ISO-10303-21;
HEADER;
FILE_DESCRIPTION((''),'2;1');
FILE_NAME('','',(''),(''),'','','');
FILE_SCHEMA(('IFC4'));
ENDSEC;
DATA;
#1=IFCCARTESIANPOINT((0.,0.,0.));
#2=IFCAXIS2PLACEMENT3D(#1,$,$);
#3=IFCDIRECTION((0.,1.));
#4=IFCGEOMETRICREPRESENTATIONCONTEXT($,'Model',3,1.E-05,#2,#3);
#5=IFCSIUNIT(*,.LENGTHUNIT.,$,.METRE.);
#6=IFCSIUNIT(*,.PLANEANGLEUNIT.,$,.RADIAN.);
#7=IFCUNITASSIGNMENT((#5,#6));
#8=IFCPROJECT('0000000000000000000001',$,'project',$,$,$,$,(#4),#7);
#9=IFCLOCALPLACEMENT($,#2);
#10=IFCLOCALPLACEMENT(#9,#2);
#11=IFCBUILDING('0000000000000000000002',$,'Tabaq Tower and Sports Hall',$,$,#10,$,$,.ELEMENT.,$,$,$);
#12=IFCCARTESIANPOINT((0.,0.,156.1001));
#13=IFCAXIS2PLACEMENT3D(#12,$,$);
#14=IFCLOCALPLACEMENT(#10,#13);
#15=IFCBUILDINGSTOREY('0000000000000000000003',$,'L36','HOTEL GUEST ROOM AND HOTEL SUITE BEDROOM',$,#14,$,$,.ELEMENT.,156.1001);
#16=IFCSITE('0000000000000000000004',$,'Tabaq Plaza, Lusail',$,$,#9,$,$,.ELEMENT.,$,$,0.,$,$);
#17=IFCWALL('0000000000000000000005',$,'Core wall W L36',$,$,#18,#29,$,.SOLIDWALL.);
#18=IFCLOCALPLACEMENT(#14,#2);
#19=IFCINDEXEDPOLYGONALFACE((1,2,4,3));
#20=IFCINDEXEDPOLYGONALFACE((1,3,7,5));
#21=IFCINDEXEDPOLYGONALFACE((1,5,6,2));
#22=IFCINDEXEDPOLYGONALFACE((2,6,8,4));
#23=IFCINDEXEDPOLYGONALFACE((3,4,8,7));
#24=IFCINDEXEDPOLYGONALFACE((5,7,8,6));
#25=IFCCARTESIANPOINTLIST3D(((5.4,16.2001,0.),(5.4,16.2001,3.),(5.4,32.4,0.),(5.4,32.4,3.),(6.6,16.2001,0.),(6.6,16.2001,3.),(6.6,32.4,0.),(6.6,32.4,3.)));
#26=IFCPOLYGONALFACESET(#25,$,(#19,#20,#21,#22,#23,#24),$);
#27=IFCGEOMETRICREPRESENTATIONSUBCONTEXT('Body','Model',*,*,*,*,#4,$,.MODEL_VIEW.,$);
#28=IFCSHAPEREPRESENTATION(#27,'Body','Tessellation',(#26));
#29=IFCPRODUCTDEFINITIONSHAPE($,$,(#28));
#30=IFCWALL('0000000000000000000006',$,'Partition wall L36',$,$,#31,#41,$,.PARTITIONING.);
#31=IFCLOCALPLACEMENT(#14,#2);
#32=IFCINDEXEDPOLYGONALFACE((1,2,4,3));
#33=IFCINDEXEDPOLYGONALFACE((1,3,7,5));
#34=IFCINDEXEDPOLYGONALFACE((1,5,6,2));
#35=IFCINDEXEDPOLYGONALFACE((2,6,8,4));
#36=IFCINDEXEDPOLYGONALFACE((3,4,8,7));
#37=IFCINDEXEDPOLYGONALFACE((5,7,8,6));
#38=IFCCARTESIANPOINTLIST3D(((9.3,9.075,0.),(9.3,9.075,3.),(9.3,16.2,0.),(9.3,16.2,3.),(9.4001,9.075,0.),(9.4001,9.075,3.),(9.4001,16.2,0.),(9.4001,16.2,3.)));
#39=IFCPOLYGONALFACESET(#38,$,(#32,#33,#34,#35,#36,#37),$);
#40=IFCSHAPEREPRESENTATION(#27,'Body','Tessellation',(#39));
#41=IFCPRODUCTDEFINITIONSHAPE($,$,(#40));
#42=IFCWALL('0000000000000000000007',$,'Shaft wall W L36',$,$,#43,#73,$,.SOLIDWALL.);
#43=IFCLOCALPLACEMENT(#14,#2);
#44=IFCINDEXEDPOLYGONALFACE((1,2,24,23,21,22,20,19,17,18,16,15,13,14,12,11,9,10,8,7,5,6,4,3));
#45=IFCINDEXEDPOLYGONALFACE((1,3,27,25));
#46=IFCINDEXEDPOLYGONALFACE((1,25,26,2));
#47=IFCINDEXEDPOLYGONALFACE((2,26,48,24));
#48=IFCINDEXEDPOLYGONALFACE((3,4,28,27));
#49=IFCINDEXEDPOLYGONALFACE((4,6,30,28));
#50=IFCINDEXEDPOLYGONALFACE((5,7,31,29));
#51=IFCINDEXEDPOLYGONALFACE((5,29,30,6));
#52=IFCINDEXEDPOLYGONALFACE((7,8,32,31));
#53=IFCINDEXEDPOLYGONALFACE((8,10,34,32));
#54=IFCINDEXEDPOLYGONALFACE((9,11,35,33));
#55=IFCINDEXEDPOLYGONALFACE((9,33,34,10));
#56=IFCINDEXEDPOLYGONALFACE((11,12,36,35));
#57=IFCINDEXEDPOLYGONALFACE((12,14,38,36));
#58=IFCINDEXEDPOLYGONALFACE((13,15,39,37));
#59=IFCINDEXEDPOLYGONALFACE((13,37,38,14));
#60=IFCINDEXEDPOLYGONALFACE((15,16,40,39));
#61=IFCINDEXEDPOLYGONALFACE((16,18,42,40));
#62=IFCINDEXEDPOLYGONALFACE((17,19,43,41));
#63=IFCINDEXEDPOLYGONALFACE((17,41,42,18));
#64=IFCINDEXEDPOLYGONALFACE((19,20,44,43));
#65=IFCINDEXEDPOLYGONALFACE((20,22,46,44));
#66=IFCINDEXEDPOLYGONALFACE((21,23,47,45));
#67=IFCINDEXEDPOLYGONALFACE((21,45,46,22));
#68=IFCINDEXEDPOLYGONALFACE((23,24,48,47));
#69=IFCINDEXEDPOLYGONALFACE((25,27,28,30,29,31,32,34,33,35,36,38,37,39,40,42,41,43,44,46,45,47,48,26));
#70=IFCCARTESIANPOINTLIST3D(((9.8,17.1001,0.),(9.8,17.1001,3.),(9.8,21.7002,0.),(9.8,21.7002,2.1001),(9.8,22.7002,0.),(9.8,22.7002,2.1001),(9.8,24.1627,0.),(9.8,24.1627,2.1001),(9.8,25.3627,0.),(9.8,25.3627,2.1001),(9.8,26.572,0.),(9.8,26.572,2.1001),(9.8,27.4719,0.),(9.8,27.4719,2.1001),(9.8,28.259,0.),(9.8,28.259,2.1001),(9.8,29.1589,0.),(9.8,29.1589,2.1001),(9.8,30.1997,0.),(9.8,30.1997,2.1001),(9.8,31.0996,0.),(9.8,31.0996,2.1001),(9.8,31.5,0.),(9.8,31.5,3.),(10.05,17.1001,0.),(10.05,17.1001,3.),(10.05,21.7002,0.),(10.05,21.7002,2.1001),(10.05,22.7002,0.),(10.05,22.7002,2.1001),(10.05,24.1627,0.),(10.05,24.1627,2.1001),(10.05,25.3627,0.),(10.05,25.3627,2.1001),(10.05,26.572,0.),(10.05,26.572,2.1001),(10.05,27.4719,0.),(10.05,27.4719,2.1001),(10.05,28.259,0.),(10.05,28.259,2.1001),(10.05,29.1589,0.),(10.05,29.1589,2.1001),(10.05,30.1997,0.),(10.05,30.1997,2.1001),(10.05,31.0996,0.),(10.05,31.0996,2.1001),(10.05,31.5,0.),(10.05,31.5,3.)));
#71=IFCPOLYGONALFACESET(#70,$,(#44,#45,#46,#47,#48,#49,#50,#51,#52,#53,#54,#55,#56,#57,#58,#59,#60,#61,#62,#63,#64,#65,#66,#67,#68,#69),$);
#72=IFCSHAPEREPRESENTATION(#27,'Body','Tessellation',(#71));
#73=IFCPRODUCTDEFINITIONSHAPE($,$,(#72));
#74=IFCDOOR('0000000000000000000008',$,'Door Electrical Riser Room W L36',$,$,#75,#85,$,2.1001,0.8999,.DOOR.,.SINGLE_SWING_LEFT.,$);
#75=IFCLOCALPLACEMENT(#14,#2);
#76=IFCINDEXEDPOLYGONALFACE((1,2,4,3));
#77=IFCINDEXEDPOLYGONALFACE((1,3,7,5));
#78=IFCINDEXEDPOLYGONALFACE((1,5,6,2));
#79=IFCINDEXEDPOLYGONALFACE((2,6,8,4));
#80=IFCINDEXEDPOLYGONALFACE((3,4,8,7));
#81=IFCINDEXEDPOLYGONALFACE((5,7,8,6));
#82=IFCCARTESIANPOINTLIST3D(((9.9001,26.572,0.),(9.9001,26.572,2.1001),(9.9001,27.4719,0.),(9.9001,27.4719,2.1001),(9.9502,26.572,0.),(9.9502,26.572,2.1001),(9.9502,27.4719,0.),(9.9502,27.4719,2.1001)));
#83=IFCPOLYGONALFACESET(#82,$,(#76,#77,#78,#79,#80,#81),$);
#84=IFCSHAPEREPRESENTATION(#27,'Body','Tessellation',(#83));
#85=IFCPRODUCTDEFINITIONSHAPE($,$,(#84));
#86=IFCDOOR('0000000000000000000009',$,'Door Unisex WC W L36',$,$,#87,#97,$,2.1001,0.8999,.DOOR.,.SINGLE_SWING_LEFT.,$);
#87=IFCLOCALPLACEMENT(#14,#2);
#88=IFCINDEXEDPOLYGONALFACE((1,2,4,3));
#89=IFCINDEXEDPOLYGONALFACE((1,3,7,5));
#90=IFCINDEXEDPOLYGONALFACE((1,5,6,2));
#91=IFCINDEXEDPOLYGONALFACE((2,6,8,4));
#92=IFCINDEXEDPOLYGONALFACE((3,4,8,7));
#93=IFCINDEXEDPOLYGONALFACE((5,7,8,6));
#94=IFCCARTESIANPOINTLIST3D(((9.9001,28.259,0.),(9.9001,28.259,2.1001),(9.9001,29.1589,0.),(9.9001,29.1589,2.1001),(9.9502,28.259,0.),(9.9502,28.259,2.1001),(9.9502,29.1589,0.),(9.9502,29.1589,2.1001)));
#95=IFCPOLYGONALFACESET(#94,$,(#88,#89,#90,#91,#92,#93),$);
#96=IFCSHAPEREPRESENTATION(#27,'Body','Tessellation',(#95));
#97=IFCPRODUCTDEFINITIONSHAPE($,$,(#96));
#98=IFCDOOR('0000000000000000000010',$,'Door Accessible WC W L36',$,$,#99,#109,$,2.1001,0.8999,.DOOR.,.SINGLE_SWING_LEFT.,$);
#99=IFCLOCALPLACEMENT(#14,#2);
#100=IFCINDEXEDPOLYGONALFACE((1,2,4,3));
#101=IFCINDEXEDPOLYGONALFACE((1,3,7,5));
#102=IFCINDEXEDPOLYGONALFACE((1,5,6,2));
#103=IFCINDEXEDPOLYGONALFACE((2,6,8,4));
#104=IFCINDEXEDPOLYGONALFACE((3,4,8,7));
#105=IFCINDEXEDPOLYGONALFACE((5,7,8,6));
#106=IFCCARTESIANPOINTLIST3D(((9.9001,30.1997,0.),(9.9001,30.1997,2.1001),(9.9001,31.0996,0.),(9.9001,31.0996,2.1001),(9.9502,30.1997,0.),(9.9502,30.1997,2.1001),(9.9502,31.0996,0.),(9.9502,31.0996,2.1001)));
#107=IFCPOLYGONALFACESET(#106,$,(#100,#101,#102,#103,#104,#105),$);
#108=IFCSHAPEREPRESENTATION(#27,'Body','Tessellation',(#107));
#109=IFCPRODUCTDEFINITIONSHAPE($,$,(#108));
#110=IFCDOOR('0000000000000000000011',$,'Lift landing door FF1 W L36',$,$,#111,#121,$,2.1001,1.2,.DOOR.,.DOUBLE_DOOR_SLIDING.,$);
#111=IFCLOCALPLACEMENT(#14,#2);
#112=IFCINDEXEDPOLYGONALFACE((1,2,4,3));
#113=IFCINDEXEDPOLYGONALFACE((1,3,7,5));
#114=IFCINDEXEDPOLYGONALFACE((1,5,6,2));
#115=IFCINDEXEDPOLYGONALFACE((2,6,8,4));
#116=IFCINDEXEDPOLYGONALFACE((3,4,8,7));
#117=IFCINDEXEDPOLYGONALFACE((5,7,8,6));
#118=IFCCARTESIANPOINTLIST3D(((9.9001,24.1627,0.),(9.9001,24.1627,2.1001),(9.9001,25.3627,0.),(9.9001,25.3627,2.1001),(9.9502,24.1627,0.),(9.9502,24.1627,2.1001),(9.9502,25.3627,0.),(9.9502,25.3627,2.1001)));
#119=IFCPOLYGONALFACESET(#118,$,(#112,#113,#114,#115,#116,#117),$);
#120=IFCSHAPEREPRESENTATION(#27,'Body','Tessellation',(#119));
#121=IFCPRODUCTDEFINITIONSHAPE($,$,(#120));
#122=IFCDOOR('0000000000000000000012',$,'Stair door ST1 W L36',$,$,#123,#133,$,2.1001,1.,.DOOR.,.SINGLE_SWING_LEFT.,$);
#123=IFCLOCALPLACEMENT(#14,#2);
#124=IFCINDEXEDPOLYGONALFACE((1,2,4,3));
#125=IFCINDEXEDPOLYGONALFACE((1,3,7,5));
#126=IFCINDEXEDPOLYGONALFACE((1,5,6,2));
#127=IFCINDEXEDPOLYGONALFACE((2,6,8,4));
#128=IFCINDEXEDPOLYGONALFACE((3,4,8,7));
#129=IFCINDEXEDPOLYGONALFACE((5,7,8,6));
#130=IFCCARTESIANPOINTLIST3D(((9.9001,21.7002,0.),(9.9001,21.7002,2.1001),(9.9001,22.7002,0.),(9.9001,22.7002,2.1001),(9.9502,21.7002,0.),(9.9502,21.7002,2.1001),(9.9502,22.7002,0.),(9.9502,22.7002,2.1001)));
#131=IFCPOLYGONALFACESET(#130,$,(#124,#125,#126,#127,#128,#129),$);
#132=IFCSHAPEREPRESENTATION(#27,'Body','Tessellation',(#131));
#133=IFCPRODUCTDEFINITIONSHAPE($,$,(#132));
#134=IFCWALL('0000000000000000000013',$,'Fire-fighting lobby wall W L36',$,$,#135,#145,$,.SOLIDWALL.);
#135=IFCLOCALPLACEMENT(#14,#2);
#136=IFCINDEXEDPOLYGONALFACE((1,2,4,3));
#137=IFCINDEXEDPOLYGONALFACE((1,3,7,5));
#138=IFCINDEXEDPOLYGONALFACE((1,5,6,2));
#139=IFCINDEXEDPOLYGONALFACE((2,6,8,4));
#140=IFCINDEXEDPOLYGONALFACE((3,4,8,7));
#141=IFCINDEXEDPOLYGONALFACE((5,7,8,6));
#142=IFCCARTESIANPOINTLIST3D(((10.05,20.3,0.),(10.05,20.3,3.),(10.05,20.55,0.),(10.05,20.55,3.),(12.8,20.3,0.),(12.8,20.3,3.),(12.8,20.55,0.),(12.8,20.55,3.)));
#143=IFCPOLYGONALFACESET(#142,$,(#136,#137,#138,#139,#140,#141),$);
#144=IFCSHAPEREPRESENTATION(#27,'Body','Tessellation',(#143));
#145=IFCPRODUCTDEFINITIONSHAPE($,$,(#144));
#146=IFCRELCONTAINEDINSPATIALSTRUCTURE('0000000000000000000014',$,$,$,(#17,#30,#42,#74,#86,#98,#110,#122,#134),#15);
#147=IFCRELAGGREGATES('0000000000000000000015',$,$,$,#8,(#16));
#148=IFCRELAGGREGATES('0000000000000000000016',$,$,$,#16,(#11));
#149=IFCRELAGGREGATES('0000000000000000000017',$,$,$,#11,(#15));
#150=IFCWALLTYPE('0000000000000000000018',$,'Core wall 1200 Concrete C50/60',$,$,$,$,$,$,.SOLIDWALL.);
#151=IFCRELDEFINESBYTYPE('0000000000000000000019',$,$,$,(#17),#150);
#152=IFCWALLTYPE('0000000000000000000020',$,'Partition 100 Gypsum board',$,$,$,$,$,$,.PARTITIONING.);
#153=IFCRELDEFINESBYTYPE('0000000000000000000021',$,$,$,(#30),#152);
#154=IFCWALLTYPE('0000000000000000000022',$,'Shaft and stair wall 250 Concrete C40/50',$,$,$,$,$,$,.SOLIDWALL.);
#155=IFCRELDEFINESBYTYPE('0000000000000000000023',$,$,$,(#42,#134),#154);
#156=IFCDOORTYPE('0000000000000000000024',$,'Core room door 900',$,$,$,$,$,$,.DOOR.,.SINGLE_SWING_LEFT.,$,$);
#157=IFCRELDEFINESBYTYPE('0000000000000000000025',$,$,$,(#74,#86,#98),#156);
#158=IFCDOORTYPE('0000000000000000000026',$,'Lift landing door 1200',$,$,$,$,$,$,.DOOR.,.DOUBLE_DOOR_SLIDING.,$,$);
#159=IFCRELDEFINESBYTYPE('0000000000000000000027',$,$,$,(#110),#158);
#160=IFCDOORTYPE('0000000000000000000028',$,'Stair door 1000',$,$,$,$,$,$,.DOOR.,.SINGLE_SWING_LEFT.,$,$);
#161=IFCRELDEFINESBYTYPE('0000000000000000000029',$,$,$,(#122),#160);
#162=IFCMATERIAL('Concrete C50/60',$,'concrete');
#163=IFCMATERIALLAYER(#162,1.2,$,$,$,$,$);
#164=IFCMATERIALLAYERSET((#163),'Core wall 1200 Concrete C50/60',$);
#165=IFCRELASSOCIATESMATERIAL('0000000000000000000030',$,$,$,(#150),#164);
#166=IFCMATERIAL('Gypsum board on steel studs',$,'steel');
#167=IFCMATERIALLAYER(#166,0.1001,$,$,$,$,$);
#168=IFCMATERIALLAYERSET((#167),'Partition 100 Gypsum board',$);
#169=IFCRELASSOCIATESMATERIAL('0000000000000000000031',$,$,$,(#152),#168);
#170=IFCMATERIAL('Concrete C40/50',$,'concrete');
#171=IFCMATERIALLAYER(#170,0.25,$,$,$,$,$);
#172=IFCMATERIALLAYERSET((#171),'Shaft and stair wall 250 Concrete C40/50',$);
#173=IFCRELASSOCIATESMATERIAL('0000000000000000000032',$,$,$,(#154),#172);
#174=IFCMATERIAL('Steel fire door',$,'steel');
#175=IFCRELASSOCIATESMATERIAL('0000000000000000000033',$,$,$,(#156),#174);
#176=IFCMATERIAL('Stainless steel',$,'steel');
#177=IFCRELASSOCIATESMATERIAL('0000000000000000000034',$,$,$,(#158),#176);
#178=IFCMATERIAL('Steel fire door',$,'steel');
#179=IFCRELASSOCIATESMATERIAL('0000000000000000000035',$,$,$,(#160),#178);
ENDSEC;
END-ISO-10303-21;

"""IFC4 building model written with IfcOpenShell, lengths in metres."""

from ifc_helpers import new_model, si_unit, direction, frame, frame_2d, origin, place, context, subcontext, project, spatial, rectangle, extrude, material, layer, layer_set, type_object, element, fill, save


model = new_model("IFC4")

# Units and contexts
model_context = context("Model", 3, precision=1e-05, world=origin(), true_north=direction((0.0, 1.0)))
body_context = subcontext(model_context, "Body", "Model", "MODEL_VIEW")
ifc_project = project(units=[si_unit("LENGTHUNIT", "METRE"), si_unit("PLANEANGLEUNIT", "RADIAN")], contexts=[model_context])

# Site, building, storey
site_placement = place(None, origin())
site = spatial("IfcSite", under=ifc_project, at=site_placement, Name="Tabaq Plaza, Lusail", CompositionType="ELEMENT", RefElevation=0.0)
building_placement = place(site_placement, origin())
building = spatial("IfcBuilding", under=site, at=building_placement, Name="Tabaq Tower and Sports Hall", CompositionType="ELEMENT")
storey_placement = place(building_placement, frame((0.0, 0.0, 156.1001)))
storey = spatial("IfcBuildingStorey", under=building, at=storey_placement, Name="L36", Description="HOTEL GUEST ROOM AND HOTEL SUITE BEDROOM", CompositionType="ELEMENT", Elevation=156.1001)

# Walls
ifc_material_1 = material(Name="Concrete C50/60", Category="concrete")
ifc_layer_1 = layer(ifc_material_1, 1.2)
ifc_layer_set_1 = layer_set([ifc_layer_1], Name="Core wall 1200 Concrete C50/60")
wall_type_1 = type_object("IfcWallType", Name="Core wall 1200 Concrete C50/60", PredefinedType="SOLIDWALL", material=ifc_layer_set_1)
wall_1_placement = place(storey_placement, frame((6.0, 16.2, 0.0), z_axis=(0.0, 0.0, 1.0), x_axis=(0.0, 1.0, 0.0)))
element("IfcWall", 1, at=wall_1_placement, inside=storey, type_object=wall_type_1, Name="Core wall W L36", PredefinedType="SOLIDWALL", context=body_context, shape_type="SweptSolid", body=[
    extrude(rectangle(XDim=16.2, YDim=1.2, at=frame_2d((8.1001, 0.0))), origin(), (0.0, 0.0, 1.0), 3.0),
])
ifc_material_2 = material(Name="Gypsum board on steel studs", Category="steel")
ifc_layer_2 = layer(ifc_material_2, 0.1001)
ifc_layer_set_2 = layer_set([ifc_layer_2], Name="Partition 100 Gypsum board")
wall_type_2 = type_object("IfcWallType", Name="Partition 100 Gypsum board", PredefinedType="PARTITIONING", material=ifc_layer_set_2)
wall_2_placement = place(storey_placement, frame((9.3501, 16.2, 0.0), z_axis=(0.0, 0.0, 1.0), x_axis=(0.0, -1.0, 0.0)))
element("IfcWall", 2, at=wall_2_placement, inside=storey, type_object=wall_type_2, Name="Partition wall L36", PredefinedType="PARTITIONING", context=body_context, shape_type="SweptSolid", body=[
    extrude(rectangle(XDim=7.125, YDim=0.1001, at=frame_2d((3.5625, 0.0))), origin(), (0.0, 0.0, 1.0), 3.0),
])

# Wall, openings, doors
ifc_material_3 = material(Name="Concrete C40/50", Category="concrete")
ifc_layer_3 = layer(ifc_material_3, 0.25)
ifc_layer_set_3 = layer_set([ifc_layer_3], Name="Shaft and stair wall 250 Concrete C40/50")
wall_type_3 = type_object("IfcWallType", Name="Shaft and stair wall 250 Concrete C40/50", PredefinedType="SOLIDWALL", material=ifc_layer_set_3)
wall_3_placement = place(storey_placement, frame((9.925, 17.1001, 0.0), z_axis=(0.0, 0.0, 1.0), x_axis=(0.0, 1.0, 0.0)))
wall_3 = element("IfcWall", 3, at=wall_3_placement, inside=storey, type_object=wall_type_3, Name="Shaft wall W L36", PredefinedType="SOLIDWALL", context=body_context, shape_type="SweptSolid", body=[
    extrude(rectangle(XDim=14.3999, YDim=0.25, at=frame_2d((7.2, 0.0))), origin(), (0.0, 0.0, 1.0), 3.0),
])
opening_1_placement = place(wall_3_placement, frame((4.6001, 0.0, 0.0)))
opening_1 = element("IfcOpeningElement", 4, at=opening_1_placement, cuts=wall_3, PredefinedType="OPENING", context=body_context, shape_type="SweptSolid", body=[
    extrude(rectangle(XDim=1.0, YDim=2.1001, at=frame_2d((0.5, 1.05))), frame((0.0, 0.125, 0.0), z_axis=(0.0, -1.0, 0.0), x_axis=(1.0, 0.0, 0.0)), (0.0, 0.0, 1.0), 0.25),
])
opening_2_placement = place(wall_3_placement, frame((7.0625, 0.0, 0.0)))
opening_2 = element("IfcOpeningElement", 5, at=opening_2_placement, cuts=wall_3, PredefinedType="OPENING", context=body_context, shape_type="SweptSolid", body=[
    extrude(rectangle(XDim=1.2, YDim=2.1001, at=frame_2d((0.6001, 1.05))), frame((0.0, 0.125, 0.0), z_axis=(0.0, -1.0, 0.0), x_axis=(1.0, 0.0, 0.0)), (0.0, 0.0, 1.0), 0.25),
])
opening_3_placement = place(wall_3_placement, frame((9.4719, 0.0, 0.0)))
opening_3 = element("IfcOpeningElement", 6, at=opening_3_placement, cuts=wall_3, PredefinedType="OPENING", context=body_context, shape_type="SweptSolid", body=[
    extrude(rectangle(XDim=0.8999, YDim=2.1001, at=frame_2d((0.45, 1.05))), frame((0.0, 0.125, 0.0), z_axis=(0.0, -1.0, 0.0), x_axis=(1.0, 0.0, 0.0)), (0.0, 0.0, 1.0), 0.25),
])
opening_4_placement = place(wall_3_placement, frame((11.1589, 0.0, 0.0)))
opening_4 = element("IfcOpeningElement", 7, at=opening_4_placement, cuts=wall_3, PredefinedType="OPENING", context=body_context, shape_type="SweptSolid", body=[
    extrude(rectangle(XDim=0.8999, YDim=2.1001, at=frame_2d((0.45, 1.05))), frame((0.0, 0.125, 0.0), z_axis=(0.0, -1.0, 0.0), x_axis=(1.0, 0.0, 0.0)), (0.0, 0.0, 1.0), 0.25),
])
opening_5_placement = place(wall_3_placement, frame((13.0996, 0.0, 0.0)))
opening_5 = element("IfcOpeningElement", 8, at=opening_5_placement, cuts=wall_3, PredefinedType="OPENING", context=body_context, shape_type="SweptSolid", body=[
    extrude(rectangle(XDim=0.8999, YDim=2.1001, at=frame_2d((0.45, 1.05))), frame((0.0, 0.125, 0.0), z_axis=(0.0, -1.0, 0.0), x_axis=(1.0, 0.0, 0.0)), (0.0, 0.0, 1.0), 0.25),
])
ifc_material_4 = material(Name="Steel fire door", Category="steel")
door_type_1 = type_object("IfcDoorType", Name="Core room door 900", OperationType="SINGLE_SWING_LEFT", PredefinedType="DOOR", material=ifc_material_4)
door_1_placement = place(opening_3_placement, origin())
door_1 = element("IfcDoor", 9, at=door_1_placement, inside=storey, type_object=door_type_1, Name="Door Electrical Riser Room W L36", OperationType="SINGLE_SWING_LEFT", OverallHeight=2.1001, OverallWidth=0.8999, PredefinedType="DOOR", context=body_context, shape_type="SweptSolid", body=[
    extrude(rectangle(XDim=0.8999, YDim=2.1001, at=frame_2d((0.45, 1.05))), frame((0.0, 0.0249, 0.0), z_axis=(0.0, -1.0, 0.0), x_axis=(1.0, 0.0, 0.0)), (0.0, 0.0, 1.0), 0.05),
])
fill(opening_3, door_1)
door_2_placement = place(opening_4_placement, origin())
door_2 = element("IfcDoor", 10, at=door_2_placement, inside=storey, type_object=door_type_1, Name="Door Unisex WC W L36", OperationType="SINGLE_SWING_LEFT", OverallHeight=2.1001, OverallWidth=0.8999, PredefinedType="DOOR", context=body_context, shape_type="SweptSolid", body=[
    extrude(rectangle(XDim=0.8999, YDim=2.1001, at=frame_2d((0.45, 1.05))), frame((0.0, 0.0249, 0.0), z_axis=(0.0, -1.0, 0.0), x_axis=(1.0, 0.0, 0.0)), (0.0, 0.0, 1.0), 0.05),
])
fill(opening_4, door_2)
door_3_placement = place(opening_5_placement, origin())
door_3 = element("IfcDoor", 11, at=door_3_placement, inside=storey, type_object=door_type_1, Name="Door Accessible WC W L36", OperationType="SINGLE_SWING_LEFT", OverallHeight=2.1001, OverallWidth=0.8999, PredefinedType="DOOR", context=body_context, shape_type="SweptSolid", body=[
    extrude(rectangle(XDim=0.8999, YDim=2.1001, at=frame_2d((0.45, 1.05))), frame((0.0, 0.0249, 0.0), z_axis=(0.0, -1.0, 0.0), x_axis=(1.0, 0.0, 0.0)), (0.0, 0.0, 1.0), 0.05),
])
fill(opening_5, door_3)
ifc_material_5 = material(Name="Stainless steel", Category="steel")
door_type_2 = type_object("IfcDoorType", Name="Lift landing door 1200", OperationType="DOUBLE_DOOR_SLIDING", PredefinedType="DOOR", material=ifc_material_5)
door_4_placement = place(opening_2_placement, origin())
door_4 = element("IfcDoor", 12, at=door_4_placement, inside=storey, type_object=door_type_2, Name="Lift landing door FF1 W L36", OperationType="DOUBLE_DOOR_SLIDING", OverallHeight=2.1001, OverallWidth=1.2, PredefinedType="DOOR", context=body_context, shape_type="SweptSolid", body=[
    extrude(rectangle(XDim=1.2, YDim=2.1001, at=frame_2d((0.6001, 1.05))), frame((0.0, 0.0249, 0.0), z_axis=(0.0, -1.0, 0.0), x_axis=(1.0, 0.0, 0.0)), (0.0, 0.0, 1.0), 0.05),
])
fill(opening_2, door_4)
ifc_material_6 = material(Name="Steel fire door", Category="steel")
door_type_3 = type_object("IfcDoorType", Name="Stair door 1000", OperationType="SINGLE_SWING_LEFT", PredefinedType="DOOR", material=ifc_material_6)
door_5_placement = place(opening_1_placement, origin())
door_5 = element("IfcDoor", 13, at=door_5_placement, inside=storey, type_object=door_type_3, Name="Stair door ST1 W L36", OperationType="SINGLE_SWING_LEFT", OverallHeight=2.1001, OverallWidth=1.0, PredefinedType="DOOR", context=body_context, shape_type="SweptSolid", body=[
    extrude(rectangle(XDim=1.0, YDim=2.1001, at=frame_2d((0.5, 1.05))), frame((0.0, 0.0249, 0.0), z_axis=(0.0, -1.0, 0.0), x_axis=(1.0, 0.0, 0.0)), (0.0, 0.0, 1.0), 0.05),
])
fill(opening_1, door_5)

# Wall
wall_4_placement = place(storey_placement, frame((10.05, 20.425, 0.0), z_axis=(0.0, 0.0, 1.0), x_axis=(1.0, 0.0, 0.0)))
element("IfcWall", 14, at=wall_4_placement, inside=storey, type_object=wall_type_3, Name="Fire-fighting lobby wall W L36", PredefinedType="SOLIDWALL", context=body_context, shape_type="SweptSolid", body=[
    extrude(rectangle(XDim=2.75, YDim=0.25, at=frame_2d((1.375, 0.0))), origin(), (0.0, 0.0, 1.0), 3.0),
])

save(model, "model.ifc")
